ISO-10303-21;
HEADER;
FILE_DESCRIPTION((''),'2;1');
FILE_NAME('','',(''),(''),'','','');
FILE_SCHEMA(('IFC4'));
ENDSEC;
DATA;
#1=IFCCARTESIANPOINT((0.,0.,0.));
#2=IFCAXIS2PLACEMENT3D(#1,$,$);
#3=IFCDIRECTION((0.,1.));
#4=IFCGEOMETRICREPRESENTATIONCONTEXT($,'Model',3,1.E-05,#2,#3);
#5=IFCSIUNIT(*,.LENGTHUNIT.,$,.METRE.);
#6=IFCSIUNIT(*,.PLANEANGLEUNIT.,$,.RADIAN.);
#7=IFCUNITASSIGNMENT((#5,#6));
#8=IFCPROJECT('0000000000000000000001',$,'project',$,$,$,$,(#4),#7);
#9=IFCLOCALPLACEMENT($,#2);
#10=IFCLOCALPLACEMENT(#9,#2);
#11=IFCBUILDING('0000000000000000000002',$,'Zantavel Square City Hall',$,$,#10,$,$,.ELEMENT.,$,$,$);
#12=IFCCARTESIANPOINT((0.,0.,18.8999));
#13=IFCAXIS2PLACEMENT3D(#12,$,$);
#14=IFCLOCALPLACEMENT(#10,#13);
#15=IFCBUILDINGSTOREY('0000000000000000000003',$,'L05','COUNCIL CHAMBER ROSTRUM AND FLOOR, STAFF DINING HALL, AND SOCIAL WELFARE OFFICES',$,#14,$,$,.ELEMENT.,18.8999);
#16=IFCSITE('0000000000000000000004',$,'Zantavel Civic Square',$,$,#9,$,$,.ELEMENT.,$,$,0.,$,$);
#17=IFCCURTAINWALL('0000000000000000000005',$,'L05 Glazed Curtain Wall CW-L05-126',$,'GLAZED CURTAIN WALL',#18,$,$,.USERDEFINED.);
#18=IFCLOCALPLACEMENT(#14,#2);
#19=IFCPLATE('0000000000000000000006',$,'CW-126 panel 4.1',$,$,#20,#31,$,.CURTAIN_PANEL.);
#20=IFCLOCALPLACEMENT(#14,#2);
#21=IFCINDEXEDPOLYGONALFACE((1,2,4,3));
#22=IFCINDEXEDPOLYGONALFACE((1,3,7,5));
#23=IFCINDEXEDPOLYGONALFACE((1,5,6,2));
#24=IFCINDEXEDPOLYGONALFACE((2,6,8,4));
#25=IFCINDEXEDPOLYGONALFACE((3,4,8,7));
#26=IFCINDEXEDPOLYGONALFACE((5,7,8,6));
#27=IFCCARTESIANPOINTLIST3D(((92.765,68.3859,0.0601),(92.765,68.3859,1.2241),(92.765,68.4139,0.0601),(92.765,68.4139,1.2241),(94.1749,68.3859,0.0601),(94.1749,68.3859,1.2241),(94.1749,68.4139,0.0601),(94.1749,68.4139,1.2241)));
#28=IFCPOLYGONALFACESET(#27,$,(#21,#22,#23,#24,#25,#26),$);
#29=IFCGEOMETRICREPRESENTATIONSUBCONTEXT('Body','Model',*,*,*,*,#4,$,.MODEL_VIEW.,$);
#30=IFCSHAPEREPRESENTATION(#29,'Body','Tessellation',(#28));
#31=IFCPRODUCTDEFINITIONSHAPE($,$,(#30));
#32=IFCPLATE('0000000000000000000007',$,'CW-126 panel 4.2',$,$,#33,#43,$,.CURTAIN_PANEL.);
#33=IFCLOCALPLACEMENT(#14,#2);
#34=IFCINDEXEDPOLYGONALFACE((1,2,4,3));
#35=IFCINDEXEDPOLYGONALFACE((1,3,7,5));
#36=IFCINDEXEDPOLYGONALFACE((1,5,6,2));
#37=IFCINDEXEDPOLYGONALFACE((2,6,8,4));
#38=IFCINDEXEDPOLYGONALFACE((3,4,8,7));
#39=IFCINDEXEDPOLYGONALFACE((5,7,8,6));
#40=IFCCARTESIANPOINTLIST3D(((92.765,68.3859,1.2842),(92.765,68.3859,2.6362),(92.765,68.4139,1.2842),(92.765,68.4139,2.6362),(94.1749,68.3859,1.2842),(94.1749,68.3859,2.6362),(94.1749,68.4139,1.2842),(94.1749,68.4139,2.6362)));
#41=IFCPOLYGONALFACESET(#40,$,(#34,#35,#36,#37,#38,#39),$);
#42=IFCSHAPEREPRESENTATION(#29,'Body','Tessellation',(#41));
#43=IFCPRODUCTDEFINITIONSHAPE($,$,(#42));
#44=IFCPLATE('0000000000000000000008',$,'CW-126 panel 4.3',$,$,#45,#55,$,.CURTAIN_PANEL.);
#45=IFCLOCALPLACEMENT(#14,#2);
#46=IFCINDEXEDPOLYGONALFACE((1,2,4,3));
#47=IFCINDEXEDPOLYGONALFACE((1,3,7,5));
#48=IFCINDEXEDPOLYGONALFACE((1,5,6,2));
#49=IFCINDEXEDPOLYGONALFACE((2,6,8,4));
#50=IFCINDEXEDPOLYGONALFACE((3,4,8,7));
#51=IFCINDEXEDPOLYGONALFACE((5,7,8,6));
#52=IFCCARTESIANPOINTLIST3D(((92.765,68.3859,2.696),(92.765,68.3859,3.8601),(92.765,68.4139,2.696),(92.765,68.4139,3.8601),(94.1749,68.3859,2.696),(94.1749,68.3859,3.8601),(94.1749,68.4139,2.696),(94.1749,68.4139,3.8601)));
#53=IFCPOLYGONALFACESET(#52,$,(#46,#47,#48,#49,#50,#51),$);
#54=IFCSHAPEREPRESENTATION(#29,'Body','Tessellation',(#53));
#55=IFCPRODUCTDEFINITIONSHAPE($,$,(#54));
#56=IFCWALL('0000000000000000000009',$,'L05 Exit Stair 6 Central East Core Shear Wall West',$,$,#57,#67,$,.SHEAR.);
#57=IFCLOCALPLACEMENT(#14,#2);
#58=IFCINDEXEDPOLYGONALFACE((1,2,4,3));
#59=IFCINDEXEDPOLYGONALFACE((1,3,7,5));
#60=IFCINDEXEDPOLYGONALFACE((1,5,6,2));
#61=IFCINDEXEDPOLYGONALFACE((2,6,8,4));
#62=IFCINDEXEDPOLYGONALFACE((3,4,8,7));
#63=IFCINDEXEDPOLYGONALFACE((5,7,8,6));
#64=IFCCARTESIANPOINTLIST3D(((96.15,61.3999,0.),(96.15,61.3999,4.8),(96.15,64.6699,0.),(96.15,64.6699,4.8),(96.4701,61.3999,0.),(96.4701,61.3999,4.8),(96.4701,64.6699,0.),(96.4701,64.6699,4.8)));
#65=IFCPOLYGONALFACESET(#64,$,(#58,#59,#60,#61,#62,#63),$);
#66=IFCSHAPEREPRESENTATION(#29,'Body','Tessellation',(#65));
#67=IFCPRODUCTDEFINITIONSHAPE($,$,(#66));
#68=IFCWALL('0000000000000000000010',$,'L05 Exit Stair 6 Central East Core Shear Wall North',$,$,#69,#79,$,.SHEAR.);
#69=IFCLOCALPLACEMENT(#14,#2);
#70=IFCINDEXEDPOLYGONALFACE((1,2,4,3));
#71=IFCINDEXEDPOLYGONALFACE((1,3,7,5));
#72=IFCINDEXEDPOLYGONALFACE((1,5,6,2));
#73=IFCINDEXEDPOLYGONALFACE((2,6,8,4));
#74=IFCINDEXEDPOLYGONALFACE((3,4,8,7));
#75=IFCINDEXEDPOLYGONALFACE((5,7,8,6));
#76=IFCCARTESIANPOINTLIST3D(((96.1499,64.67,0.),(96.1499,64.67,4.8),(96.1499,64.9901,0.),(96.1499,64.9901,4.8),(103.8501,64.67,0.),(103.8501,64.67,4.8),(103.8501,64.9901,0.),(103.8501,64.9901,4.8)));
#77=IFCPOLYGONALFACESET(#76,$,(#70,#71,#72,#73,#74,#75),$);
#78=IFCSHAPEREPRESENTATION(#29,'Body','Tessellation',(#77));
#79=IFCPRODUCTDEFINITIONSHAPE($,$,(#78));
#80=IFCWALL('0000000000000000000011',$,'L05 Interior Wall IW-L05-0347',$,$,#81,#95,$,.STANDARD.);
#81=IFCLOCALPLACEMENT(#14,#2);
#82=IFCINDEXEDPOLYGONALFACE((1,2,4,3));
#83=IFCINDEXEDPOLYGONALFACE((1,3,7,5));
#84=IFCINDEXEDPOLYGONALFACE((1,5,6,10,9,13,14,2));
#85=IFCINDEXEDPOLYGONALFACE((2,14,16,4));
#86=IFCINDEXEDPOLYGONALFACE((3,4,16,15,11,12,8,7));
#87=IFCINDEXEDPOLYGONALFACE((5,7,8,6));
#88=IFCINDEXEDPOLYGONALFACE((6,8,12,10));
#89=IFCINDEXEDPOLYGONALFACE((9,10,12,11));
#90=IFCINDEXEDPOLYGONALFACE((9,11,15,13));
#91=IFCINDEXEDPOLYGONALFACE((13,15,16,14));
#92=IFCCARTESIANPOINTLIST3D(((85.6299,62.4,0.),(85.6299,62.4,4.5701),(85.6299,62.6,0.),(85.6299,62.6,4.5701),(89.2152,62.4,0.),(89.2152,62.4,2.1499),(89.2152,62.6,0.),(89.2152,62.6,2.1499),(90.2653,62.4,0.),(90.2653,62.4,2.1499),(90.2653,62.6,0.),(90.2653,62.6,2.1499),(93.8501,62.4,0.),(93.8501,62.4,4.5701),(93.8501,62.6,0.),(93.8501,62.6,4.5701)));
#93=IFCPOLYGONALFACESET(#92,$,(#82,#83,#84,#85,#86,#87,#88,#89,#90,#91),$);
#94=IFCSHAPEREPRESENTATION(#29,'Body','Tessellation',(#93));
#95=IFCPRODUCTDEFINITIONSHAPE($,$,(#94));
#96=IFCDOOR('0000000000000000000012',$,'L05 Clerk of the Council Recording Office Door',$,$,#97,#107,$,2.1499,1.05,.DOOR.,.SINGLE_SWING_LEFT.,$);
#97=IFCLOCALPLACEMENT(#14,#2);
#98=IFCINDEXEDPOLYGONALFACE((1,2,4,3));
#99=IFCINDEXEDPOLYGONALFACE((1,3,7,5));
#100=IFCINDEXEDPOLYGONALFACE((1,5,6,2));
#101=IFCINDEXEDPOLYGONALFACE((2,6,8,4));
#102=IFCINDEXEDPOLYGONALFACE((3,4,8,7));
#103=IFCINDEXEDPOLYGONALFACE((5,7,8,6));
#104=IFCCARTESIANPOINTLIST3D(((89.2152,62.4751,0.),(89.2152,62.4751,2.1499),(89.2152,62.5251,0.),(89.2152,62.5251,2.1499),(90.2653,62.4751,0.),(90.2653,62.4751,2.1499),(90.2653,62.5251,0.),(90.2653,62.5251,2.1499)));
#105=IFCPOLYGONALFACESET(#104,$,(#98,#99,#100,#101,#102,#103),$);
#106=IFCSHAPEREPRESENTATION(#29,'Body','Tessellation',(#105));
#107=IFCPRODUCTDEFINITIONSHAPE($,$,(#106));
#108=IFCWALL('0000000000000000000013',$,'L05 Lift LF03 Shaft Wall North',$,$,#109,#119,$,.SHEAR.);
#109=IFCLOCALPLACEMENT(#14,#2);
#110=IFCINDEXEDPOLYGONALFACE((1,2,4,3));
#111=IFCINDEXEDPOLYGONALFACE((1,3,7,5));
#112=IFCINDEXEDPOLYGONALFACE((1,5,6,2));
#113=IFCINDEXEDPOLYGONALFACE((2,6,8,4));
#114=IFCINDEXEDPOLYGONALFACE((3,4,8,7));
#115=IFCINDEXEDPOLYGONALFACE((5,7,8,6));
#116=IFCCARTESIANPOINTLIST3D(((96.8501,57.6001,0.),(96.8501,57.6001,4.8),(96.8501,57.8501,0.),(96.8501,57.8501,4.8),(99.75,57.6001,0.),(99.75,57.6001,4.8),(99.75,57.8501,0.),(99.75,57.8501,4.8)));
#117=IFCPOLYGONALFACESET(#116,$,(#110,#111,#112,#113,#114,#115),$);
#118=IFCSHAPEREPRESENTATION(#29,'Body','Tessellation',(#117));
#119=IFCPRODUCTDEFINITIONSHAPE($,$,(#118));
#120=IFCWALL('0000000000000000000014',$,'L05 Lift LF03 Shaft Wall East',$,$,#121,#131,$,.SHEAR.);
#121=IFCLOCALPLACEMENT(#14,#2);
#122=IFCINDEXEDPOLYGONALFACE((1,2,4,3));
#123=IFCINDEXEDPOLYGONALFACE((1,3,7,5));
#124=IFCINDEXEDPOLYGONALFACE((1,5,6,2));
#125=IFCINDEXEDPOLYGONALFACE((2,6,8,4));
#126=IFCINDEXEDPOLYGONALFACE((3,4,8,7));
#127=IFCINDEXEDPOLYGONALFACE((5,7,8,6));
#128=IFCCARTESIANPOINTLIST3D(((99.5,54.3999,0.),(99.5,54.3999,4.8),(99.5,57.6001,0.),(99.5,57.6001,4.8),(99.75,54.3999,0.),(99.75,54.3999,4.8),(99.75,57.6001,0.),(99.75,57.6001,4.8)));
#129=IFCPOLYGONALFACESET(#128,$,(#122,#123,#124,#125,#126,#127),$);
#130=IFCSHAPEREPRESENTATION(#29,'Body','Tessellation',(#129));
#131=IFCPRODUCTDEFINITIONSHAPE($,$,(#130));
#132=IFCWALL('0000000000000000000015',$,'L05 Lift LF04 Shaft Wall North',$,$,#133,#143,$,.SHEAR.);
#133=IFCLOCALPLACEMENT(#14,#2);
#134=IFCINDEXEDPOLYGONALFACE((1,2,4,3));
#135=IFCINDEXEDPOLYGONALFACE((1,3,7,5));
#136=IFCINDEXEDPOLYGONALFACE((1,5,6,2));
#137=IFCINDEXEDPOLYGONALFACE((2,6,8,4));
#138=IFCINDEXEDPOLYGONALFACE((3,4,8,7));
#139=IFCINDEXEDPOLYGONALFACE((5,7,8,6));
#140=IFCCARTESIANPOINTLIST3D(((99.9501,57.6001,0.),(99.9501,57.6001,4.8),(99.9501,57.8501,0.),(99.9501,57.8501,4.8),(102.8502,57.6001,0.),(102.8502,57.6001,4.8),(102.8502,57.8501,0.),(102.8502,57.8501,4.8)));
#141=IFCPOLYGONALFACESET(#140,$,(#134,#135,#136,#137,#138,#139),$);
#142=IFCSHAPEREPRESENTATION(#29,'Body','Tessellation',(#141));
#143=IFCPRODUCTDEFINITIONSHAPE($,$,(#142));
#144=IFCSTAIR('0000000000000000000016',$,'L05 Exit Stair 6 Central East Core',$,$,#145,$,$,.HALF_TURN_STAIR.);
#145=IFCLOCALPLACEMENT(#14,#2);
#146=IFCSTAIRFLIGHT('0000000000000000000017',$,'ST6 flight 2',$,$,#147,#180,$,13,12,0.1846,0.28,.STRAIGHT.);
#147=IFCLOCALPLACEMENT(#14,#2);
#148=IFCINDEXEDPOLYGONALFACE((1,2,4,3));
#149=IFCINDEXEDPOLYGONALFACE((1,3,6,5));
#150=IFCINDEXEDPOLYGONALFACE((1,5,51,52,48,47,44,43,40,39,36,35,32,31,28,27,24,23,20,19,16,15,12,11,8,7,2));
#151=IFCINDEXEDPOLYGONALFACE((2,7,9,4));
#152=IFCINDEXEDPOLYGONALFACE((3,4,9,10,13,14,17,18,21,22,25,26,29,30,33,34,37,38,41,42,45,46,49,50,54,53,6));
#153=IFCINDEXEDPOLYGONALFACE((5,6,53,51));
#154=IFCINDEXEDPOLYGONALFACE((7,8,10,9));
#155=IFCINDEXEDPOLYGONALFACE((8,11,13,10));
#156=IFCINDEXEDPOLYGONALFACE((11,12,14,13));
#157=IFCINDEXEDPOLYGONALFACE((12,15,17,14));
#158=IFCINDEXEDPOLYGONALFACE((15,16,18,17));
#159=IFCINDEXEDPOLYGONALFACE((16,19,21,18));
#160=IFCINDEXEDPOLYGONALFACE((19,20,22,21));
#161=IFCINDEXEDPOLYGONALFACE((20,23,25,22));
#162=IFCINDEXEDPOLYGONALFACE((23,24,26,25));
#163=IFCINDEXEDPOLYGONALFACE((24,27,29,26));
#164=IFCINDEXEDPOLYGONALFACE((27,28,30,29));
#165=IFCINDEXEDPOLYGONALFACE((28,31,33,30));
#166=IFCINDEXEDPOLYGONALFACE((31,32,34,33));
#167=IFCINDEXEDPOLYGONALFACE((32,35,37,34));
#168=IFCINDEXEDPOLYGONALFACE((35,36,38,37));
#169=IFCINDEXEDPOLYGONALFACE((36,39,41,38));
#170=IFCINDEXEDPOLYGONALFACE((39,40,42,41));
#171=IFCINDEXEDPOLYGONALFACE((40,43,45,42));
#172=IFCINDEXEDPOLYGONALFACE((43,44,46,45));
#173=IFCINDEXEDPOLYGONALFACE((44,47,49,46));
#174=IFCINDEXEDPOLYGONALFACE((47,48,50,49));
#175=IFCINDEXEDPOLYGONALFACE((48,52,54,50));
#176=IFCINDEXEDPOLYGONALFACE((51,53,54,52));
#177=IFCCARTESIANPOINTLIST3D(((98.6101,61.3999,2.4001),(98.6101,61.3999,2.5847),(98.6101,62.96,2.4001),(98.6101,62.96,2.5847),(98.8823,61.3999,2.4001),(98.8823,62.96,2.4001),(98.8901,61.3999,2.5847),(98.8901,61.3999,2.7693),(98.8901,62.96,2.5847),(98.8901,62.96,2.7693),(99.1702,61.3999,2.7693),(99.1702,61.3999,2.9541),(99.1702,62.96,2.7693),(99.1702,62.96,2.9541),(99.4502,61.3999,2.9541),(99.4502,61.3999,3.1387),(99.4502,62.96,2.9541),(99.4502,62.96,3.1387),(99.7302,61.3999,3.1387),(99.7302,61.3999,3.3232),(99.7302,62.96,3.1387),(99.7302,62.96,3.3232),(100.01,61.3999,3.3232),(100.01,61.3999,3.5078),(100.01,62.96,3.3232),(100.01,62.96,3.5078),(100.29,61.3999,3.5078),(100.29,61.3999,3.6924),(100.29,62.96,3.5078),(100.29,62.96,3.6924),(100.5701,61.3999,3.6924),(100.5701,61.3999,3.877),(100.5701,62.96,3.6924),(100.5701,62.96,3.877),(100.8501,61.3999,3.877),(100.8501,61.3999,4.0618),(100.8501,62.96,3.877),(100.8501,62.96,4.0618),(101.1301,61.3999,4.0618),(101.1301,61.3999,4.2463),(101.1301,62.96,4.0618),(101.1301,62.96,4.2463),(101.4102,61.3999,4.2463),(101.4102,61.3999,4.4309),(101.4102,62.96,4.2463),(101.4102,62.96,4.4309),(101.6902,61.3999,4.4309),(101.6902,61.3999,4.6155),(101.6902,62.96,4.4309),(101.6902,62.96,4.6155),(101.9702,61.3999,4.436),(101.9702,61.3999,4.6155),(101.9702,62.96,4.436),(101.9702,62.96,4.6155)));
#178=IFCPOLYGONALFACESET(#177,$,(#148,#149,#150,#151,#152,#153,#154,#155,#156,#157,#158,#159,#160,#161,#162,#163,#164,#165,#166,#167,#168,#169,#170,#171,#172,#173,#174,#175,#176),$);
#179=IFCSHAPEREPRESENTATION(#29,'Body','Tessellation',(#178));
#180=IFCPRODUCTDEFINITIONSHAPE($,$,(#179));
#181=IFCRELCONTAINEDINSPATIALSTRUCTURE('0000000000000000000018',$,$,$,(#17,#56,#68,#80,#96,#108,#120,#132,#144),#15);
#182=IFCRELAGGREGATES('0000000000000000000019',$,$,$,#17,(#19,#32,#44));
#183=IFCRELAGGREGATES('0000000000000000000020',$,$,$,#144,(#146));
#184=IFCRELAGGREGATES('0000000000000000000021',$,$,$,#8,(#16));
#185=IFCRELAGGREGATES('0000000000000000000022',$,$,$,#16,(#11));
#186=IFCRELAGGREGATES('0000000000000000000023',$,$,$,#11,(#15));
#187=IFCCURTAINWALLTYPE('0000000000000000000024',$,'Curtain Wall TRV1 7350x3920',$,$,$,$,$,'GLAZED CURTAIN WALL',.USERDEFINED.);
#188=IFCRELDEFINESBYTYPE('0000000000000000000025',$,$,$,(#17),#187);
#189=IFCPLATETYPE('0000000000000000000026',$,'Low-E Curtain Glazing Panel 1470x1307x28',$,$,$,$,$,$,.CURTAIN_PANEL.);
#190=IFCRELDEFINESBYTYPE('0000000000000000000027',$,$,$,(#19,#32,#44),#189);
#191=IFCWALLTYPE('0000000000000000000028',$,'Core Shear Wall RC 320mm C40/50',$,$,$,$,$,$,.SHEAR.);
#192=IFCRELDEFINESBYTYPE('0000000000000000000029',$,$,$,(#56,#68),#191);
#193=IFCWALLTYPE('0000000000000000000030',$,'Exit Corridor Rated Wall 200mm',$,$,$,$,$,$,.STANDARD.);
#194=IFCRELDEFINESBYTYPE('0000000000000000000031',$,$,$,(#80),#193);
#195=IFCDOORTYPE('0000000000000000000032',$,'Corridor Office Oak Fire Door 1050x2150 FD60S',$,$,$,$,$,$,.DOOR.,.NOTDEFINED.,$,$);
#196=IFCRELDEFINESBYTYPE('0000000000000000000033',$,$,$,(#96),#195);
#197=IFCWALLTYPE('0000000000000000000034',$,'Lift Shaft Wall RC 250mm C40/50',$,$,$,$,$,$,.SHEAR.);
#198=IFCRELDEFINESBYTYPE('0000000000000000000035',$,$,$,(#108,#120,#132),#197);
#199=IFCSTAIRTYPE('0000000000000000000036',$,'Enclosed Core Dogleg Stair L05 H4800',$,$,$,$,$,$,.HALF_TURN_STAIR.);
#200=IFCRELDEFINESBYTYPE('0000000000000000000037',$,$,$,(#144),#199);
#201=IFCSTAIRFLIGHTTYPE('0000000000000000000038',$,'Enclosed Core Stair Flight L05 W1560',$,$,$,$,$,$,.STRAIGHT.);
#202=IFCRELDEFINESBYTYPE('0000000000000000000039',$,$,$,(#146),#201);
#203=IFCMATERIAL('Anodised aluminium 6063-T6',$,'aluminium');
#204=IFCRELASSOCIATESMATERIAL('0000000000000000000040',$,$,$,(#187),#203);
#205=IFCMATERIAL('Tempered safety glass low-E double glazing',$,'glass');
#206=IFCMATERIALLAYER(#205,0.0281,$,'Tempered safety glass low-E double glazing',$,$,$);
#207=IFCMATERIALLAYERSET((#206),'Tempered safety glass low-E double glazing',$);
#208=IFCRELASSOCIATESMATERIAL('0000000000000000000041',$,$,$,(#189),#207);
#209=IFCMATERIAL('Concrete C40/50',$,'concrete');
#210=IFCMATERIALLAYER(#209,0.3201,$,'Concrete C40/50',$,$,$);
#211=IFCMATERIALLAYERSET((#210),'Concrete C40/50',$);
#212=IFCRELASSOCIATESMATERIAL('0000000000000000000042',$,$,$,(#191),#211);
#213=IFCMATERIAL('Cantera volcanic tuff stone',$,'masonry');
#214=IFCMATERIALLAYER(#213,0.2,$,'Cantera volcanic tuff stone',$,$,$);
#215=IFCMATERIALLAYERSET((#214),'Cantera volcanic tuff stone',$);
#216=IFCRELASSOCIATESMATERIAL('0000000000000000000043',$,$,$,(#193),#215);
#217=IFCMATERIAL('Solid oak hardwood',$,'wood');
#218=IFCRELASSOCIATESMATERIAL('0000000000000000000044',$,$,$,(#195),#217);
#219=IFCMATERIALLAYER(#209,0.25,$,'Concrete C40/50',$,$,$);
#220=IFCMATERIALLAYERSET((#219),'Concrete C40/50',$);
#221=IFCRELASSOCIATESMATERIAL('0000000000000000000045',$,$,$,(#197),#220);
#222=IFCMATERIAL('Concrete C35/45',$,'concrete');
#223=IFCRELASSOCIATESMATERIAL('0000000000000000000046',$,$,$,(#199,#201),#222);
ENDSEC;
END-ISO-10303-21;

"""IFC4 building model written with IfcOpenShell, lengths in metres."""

from ifc_helpers import new_model, si_unit, direction, frame, frame_2d, origin, origin_2d, place, context, subcontext, project, spatial, polyline, rectangle, outline, extrude, material, layer, layer_set, type_object, element, fill, aggregate, save


model = new_model("IFC4")

# Units and contexts
model_context = context("Model", 3, precision=1e-05, world=origin(), true_north=direction((0.0, 1.0)))
body_context = subcontext(model_context, "Body", "Model", "MODEL_VIEW")
ifc_project = project(units=[si_unit("LENGTHUNIT", "METRE"), si_unit("PLANEANGLEUNIT", "RADIAN")], contexts=[model_context])

# Site, building, storey
site_placement = place(None, origin())
site = spatial("IfcSite", under=ifc_project, at=site_placement, Name="Zantavel Civic Square", CompositionType="ELEMENT", RefElevation=0.0)
building_placement = place(site_placement, origin())
building = spatial("IfcBuilding", under=site, at=building_placement, Name="Zantavel Square City Hall", CompositionType="ELEMENT")
storey_placement = place(building_placement, frame((0.0, 0.0, 18.8999)))
storey = spatial("IfcBuildingStorey", under=building, at=storey_placement, Name="L05", Description="COUNCIL CHAMBER ROSTRUM AND FLOOR, STAFF DINING HALL, AND SOCIAL WELFARE OFFICES", CompositionType="ELEMENT", Elevation=18.8999)

# Shared definitions
ifc_material_1 = material(Name="Concrete C40/50", Category="concrete")

# Curtain wall
ifc_material_2 = material(Name="Anodised aluminium 6063-T6", Category="aluminium")
curtain_wall_type = type_object("IfcCurtainWallType", Name="Curtain Wall TRV1 7350x3920", ElementType="GLAZED CURTAIN WALL", PredefinedType="USERDEFINED", material=ifc_material_2)
curtain_wall_placement = place(storey_placement, origin())
curtain_wall = element("IfcCurtainWall", 1, at=curtain_wall_placement, inside=storey, type_object=curtain_wall_type, Name="L05 Glazed Curtain Wall CW-L05-126", ObjectType="GLAZED CURTAIN WALL", PredefinedType="USERDEFINED")

# Shared definitions
ifc_material_3 = material(Name="Concrete C35/45", Category="concrete")

# Plates
ifc_material_4 = material(Name="Tempered safety glass low-E double glazing", Category="glass")
ifc_layer_1 = layer(ifc_material_4, 0.0281, Name="Tempered safety glass low-E double glazing")
ifc_layer_set_1 = layer_set([ifc_layer_1], Name="Tempered safety glass low-E double glazing")
plate_type = type_object("IfcPlateType", Name="Low-E Curtain Glazing Panel 1470x1307x28", PredefinedType="CURTAIN_PANEL", material=ifc_layer_set_1)
plate_1_placement = place(storey_placement, frame((93.47, 68.3999, 0.0601), z_axis=(0.0, 0.0, 1.0), x_axis=(1.0, 0.0, 0.0)))
plate_1 = element("IfcPlate", 2, at=plate_1_placement, type_object=plate_type, Name="CW-126 panel 4.1", PredefinedType="CURTAIN_PANEL", context=body_context, shape_type="SweptSolid", body=[
    extrude(rectangle(XDim=1.4099, YDim=0.0281, at=origin_2d()), origin(), (0.0, 0.0, 1.0), 1.1641),
])
plate_2_placement = place(storey_placement, frame((93.47, 68.3999, 1.2842), z_axis=(0.0, 0.0, 1.0), x_axis=(1.0, 0.0, 0.0)))
plate_2 = element("IfcPlate", 3, at=plate_2_placement, type_object=plate_type, Name="CW-126 panel 4.2", PredefinedType="CURTAIN_PANEL", context=body_context, shape_type="SweptSolid", body=[
    extrude(rectangle(XDim=1.4099, YDim=0.0281, at=origin_2d()), origin(), (0.0, 0.0, 1.0), 1.3521),
])
plate_3_placement = place(storey_placement, frame((93.47, 68.3999, 2.696), z_axis=(0.0, 0.0, 1.0), x_axis=(1.0, 0.0, 0.0)))
plate_3 = element("IfcPlate", 4, at=plate_3_placement, type_object=plate_type, Name="CW-126 panel 4.3", PredefinedType="CURTAIN_PANEL", context=body_context, shape_type="SweptSolid", body=[
    extrude(rectangle(XDim=1.4099, YDim=0.0281, at=origin_2d()), origin(), (0.0, 0.0, 1.0), 1.1641),
])
aggregate(curtain_wall, [plate_1, plate_2, plate_3])

# Walls
ifc_layer_2 = layer(ifc_material_1, 0.3201, Name="Concrete C40/50")
ifc_layer_set_2 = layer_set([ifc_layer_2], Name="Concrete C40/50")
wall_type_1 = type_object("IfcWallType", Name="Core Shear Wall RC 320mm C40/50", PredefinedType="SHEAR", material=ifc_layer_set_2)
wall_1_placement = place(storey_placement, frame((96.3101, 61.3999, 0.0), z_axis=(0.0, 0.0, 1.0), x_axis=(0.0, 1.0, 0.0)))
element("IfcWall", 5, at=wall_1_placement, inside=storey, type_object=wall_type_1, Name="L05 Exit Stair 6 Central East Core Shear Wall West", PredefinedType="SHEAR", context=body_context, shape_type="SweptSolid", body=[
    extrude(rectangle(XDim=3.27, YDim=0.3201, at=frame_2d((1.635, 0.0))), origin(), (0.0, 0.0, 1.0), 4.8),
])
wall_2_placement = place(storey_placement, frame((96.1499, 64.8301, 0.0), z_axis=(0.0, 0.0, 1.0), x_axis=(1.0, 0.0, 0.0)))
element("IfcWall", 6, at=wall_2_placement, inside=storey, type_object=wall_type_1, Name="L05 Exit Stair 6 Central East Core Shear Wall North", PredefinedType="SHEAR", context=body_context, shape_type="SweptSolid", body=[
    extrude(rectangle(XDim=7.7002, YDim=0.3201, at=frame_2d((3.8501, 0.0))), origin(), (0.0, 0.0, 1.0), 4.8),
])

# Wall, opening, door
ifc_material_5 = material(Name="Cantera volcanic tuff stone", Category="masonry")
ifc_layer_3 = layer(ifc_material_5, 0.2, Name="Cantera volcanic tuff stone")
ifc_layer_set_3 = layer_set([ifc_layer_3], Name="Cantera volcanic tuff stone")
wall_type_2 = type_object("IfcWallType", Name="Exit Corridor Rated Wall 200mm", PredefinedType="STANDARD", material=ifc_layer_set_3)
wall_3_placement = place(storey_placement, frame((93.8501, 62.5, 0.0), z_axis=(0.0, 0.0, 1.0), x_axis=(-1.0, 0.0, 0.0)))
wall_3 = element("IfcWall", 7, at=wall_3_placement, inside=storey, type_object=wall_type_2, Name="L05 Interior Wall IW-L05-0347", PredefinedType="STANDARD", context=body_context, shape_type="SweptSolid", body=[
    extrude(rectangle(XDim=8.2202, YDim=0.2, at=frame_2d((4.1101, 0.0))), origin(), (0.0, 0.0, 1.0), 4.5701),
])
opening_placement = place(wall_3_placement, frame((3.585, 0.0, 0.0)))
opening = element("IfcOpeningElement", 8, at=opening_placement, cuts=wall_3, PredefinedType="OPENING", context=body_context, shape_type="SweptSolid", body=[
    extrude(rectangle(XDim=1.05, YDim=2.1499, at=frame_2d((0.5249, 1.075))), frame((0.0, 0.1099, 0.0), z_axis=(0.0, -1.0, 0.0), x_axis=(1.0, 0.0, 0.0)), (0.0, 0.0, 1.0), 0.22),
])
ifc_material_6 = material(Name="Solid oak hardwood", Category="wood")
door_type = type_object("IfcDoorType", Name="Corridor Office Oak Fire Door 1050x2150 FD60S", OperationType="NOTDEFINED", PredefinedType="DOOR", material=ifc_material_6)
door_placement = place(opening_placement, origin())
door = element("IfcDoor", 9, at=door_placement, inside=storey, type_object=door_type, Name="L05 Clerk of the Council Recording Office Door", OperationType="SINGLE_SWING_LEFT", OverallHeight=2.1499, OverallWidth=1.05, PredefinedType="DOOR", context=body_context, shape_type="SweptSolid", body=[
    extrude(rectangle(XDim=1.05, YDim=2.1499, at=frame_2d((0.5249, 1.075))), frame((0.0, 0.0249, 0.0), z_axis=(0.0, -1.0, 0.0), x_axis=(1.0, 0.0, 0.0)), (0.0, 0.0, 1.0), 0.05),
])
fill(opening, door)

# Walls
ifc_layer_4 = layer(ifc_material_1, 0.25, Name="Concrete C40/50")
ifc_layer_set_4 = layer_set([ifc_layer_4], Name="Concrete C40/50")
wall_type_3 = type_object("IfcWallType", Name="Lift Shaft Wall RC 250mm C40/50", PredefinedType="SHEAR", material=ifc_layer_set_4)
wall_4_placement = place(storey_placement, frame((96.8501, 57.7251, 0.0), z_axis=(0.0, 0.0, 1.0), x_axis=(1.0, 0.0, 0.0)))
element("IfcWall", 10, at=wall_4_placement, inside=storey, type_object=wall_type_3, Name="L05 Lift LF03 Shaft Wall North", PredefinedType="SHEAR", context=body_context, shape_type="SweptSolid", body=[
    extrude(rectangle(XDim=2.8999, YDim=0.25, at=frame_2d((1.45, 0.0))), origin(), (0.0, 0.0, 1.0), 4.8),
])
wall_5_placement = place(storey_placement, frame((99.625, 57.6001, 0.0), z_axis=(0.0, 0.0, 1.0), x_axis=(0.0, -1.0, 0.0)))
element("IfcWall", 11, at=wall_5_placement, inside=storey, type_object=wall_type_3, Name="L05 Lift LF03 Shaft Wall East", PredefinedType="SHEAR", context=body_context, shape_type="SweptSolid", body=[
    extrude(rectangle(XDim=3.2002, YDim=0.25, at=frame_2d((1.6001, 0.0))), origin(), (0.0, 0.0, 1.0), 4.8),
])
wall_6_placement = place(storey_placement, frame((99.95, 57.7251, 0.0), z_axis=(0.0, 0.0, 1.0), x_axis=(1.0, 0.0, 0.0)))
element("IfcWall", 12, at=wall_6_placement, inside=storey, type_object=wall_type_3, Name="L05 Lift LF04 Shaft Wall North", PredefinedType="SHEAR", context=body_context, shape_type="SweptSolid", body=[
    extrude(rectangle(XDim=2.9001, YDim=0.25, at=frame_2d((1.4502, 0.0))), origin(), (0.0, 0.0, 1.0), 4.8),
])

# Stair, stair flight
stair_type = type_object("IfcStairType", Name="Enclosed Core Dogleg Stair L05 H4800", PredefinedType="HALF_TURN_STAIR", material=ifc_material_3)
stair_placement = place(storey_placement, origin())
stair = element("IfcStair", 13, at=stair_placement, inside=storey, type_object=stair_type, Name="L05 Exit Stair 6 Central East Core", PredefinedType="HALF_TURN_STAIR")
stair_flight_type = type_object("IfcStairFlightType", Name="Enclosed Core Stair Flight L05 W1560", PredefinedType="STRAIGHT", material=ifc_material_3)
stair_flight_placement = place(storey_placement, frame((98.6101, 62.1799, 2.4001), z_axis=(0.0, 0.0, 1.0), x_axis=(1.0, 0.0, 0.0)))
stair_flight = element("IfcStairFlight", 14, at=stair_flight_placement, type_object=stair_flight_type, Name="ST6 flight 2", NumberOfRisers=13, NumberOfTreads=12, PredefinedType="STRAIGHT", RiserHeight=0.1846, TreadLength=0.28, context=body_context, shape_type="SweptSolid", body=[
    extrude(outline(polyline([(0.0, 0.0), (0.0, 0.1846), (0.28, 0.1846), (0.28, 0.3691), (0.5601, 0.3691), (0.5601, 0.554), (0.8401, 0.554), (0.8401, 0.7385), (1.1201, 0.7385), (1.1201, 0.9231), (1.3999, 0.9231), (1.3999, 1.1077), (1.6799, 1.1077), (1.6799, 1.2922), (1.96, 1.2922), (1.96, 1.4768), (2.24, 1.4768), (2.24, 1.6616), (2.52, 1.6616), (2.52, 1.8462), (2.8, 1.8462), (2.8, 2.0308), (3.0801, 2.0308), (3.0801, 2.2153), (3.3601, 2.2153), (3.3601, 2.3999), (3.3601, 2.0359), (0.2722, 0.0), (0.0, 0.0)])), frame((0.0, 0.78, 0.0), z_axis=(0.0, -1.0, 0.0), x_axis=(1.0, 0.0, 0.0)), (0.0, 0.0, 1.0), 1.5601),
])
aggregate(stair, [stair_flight])

save(model, "model.ifc")
